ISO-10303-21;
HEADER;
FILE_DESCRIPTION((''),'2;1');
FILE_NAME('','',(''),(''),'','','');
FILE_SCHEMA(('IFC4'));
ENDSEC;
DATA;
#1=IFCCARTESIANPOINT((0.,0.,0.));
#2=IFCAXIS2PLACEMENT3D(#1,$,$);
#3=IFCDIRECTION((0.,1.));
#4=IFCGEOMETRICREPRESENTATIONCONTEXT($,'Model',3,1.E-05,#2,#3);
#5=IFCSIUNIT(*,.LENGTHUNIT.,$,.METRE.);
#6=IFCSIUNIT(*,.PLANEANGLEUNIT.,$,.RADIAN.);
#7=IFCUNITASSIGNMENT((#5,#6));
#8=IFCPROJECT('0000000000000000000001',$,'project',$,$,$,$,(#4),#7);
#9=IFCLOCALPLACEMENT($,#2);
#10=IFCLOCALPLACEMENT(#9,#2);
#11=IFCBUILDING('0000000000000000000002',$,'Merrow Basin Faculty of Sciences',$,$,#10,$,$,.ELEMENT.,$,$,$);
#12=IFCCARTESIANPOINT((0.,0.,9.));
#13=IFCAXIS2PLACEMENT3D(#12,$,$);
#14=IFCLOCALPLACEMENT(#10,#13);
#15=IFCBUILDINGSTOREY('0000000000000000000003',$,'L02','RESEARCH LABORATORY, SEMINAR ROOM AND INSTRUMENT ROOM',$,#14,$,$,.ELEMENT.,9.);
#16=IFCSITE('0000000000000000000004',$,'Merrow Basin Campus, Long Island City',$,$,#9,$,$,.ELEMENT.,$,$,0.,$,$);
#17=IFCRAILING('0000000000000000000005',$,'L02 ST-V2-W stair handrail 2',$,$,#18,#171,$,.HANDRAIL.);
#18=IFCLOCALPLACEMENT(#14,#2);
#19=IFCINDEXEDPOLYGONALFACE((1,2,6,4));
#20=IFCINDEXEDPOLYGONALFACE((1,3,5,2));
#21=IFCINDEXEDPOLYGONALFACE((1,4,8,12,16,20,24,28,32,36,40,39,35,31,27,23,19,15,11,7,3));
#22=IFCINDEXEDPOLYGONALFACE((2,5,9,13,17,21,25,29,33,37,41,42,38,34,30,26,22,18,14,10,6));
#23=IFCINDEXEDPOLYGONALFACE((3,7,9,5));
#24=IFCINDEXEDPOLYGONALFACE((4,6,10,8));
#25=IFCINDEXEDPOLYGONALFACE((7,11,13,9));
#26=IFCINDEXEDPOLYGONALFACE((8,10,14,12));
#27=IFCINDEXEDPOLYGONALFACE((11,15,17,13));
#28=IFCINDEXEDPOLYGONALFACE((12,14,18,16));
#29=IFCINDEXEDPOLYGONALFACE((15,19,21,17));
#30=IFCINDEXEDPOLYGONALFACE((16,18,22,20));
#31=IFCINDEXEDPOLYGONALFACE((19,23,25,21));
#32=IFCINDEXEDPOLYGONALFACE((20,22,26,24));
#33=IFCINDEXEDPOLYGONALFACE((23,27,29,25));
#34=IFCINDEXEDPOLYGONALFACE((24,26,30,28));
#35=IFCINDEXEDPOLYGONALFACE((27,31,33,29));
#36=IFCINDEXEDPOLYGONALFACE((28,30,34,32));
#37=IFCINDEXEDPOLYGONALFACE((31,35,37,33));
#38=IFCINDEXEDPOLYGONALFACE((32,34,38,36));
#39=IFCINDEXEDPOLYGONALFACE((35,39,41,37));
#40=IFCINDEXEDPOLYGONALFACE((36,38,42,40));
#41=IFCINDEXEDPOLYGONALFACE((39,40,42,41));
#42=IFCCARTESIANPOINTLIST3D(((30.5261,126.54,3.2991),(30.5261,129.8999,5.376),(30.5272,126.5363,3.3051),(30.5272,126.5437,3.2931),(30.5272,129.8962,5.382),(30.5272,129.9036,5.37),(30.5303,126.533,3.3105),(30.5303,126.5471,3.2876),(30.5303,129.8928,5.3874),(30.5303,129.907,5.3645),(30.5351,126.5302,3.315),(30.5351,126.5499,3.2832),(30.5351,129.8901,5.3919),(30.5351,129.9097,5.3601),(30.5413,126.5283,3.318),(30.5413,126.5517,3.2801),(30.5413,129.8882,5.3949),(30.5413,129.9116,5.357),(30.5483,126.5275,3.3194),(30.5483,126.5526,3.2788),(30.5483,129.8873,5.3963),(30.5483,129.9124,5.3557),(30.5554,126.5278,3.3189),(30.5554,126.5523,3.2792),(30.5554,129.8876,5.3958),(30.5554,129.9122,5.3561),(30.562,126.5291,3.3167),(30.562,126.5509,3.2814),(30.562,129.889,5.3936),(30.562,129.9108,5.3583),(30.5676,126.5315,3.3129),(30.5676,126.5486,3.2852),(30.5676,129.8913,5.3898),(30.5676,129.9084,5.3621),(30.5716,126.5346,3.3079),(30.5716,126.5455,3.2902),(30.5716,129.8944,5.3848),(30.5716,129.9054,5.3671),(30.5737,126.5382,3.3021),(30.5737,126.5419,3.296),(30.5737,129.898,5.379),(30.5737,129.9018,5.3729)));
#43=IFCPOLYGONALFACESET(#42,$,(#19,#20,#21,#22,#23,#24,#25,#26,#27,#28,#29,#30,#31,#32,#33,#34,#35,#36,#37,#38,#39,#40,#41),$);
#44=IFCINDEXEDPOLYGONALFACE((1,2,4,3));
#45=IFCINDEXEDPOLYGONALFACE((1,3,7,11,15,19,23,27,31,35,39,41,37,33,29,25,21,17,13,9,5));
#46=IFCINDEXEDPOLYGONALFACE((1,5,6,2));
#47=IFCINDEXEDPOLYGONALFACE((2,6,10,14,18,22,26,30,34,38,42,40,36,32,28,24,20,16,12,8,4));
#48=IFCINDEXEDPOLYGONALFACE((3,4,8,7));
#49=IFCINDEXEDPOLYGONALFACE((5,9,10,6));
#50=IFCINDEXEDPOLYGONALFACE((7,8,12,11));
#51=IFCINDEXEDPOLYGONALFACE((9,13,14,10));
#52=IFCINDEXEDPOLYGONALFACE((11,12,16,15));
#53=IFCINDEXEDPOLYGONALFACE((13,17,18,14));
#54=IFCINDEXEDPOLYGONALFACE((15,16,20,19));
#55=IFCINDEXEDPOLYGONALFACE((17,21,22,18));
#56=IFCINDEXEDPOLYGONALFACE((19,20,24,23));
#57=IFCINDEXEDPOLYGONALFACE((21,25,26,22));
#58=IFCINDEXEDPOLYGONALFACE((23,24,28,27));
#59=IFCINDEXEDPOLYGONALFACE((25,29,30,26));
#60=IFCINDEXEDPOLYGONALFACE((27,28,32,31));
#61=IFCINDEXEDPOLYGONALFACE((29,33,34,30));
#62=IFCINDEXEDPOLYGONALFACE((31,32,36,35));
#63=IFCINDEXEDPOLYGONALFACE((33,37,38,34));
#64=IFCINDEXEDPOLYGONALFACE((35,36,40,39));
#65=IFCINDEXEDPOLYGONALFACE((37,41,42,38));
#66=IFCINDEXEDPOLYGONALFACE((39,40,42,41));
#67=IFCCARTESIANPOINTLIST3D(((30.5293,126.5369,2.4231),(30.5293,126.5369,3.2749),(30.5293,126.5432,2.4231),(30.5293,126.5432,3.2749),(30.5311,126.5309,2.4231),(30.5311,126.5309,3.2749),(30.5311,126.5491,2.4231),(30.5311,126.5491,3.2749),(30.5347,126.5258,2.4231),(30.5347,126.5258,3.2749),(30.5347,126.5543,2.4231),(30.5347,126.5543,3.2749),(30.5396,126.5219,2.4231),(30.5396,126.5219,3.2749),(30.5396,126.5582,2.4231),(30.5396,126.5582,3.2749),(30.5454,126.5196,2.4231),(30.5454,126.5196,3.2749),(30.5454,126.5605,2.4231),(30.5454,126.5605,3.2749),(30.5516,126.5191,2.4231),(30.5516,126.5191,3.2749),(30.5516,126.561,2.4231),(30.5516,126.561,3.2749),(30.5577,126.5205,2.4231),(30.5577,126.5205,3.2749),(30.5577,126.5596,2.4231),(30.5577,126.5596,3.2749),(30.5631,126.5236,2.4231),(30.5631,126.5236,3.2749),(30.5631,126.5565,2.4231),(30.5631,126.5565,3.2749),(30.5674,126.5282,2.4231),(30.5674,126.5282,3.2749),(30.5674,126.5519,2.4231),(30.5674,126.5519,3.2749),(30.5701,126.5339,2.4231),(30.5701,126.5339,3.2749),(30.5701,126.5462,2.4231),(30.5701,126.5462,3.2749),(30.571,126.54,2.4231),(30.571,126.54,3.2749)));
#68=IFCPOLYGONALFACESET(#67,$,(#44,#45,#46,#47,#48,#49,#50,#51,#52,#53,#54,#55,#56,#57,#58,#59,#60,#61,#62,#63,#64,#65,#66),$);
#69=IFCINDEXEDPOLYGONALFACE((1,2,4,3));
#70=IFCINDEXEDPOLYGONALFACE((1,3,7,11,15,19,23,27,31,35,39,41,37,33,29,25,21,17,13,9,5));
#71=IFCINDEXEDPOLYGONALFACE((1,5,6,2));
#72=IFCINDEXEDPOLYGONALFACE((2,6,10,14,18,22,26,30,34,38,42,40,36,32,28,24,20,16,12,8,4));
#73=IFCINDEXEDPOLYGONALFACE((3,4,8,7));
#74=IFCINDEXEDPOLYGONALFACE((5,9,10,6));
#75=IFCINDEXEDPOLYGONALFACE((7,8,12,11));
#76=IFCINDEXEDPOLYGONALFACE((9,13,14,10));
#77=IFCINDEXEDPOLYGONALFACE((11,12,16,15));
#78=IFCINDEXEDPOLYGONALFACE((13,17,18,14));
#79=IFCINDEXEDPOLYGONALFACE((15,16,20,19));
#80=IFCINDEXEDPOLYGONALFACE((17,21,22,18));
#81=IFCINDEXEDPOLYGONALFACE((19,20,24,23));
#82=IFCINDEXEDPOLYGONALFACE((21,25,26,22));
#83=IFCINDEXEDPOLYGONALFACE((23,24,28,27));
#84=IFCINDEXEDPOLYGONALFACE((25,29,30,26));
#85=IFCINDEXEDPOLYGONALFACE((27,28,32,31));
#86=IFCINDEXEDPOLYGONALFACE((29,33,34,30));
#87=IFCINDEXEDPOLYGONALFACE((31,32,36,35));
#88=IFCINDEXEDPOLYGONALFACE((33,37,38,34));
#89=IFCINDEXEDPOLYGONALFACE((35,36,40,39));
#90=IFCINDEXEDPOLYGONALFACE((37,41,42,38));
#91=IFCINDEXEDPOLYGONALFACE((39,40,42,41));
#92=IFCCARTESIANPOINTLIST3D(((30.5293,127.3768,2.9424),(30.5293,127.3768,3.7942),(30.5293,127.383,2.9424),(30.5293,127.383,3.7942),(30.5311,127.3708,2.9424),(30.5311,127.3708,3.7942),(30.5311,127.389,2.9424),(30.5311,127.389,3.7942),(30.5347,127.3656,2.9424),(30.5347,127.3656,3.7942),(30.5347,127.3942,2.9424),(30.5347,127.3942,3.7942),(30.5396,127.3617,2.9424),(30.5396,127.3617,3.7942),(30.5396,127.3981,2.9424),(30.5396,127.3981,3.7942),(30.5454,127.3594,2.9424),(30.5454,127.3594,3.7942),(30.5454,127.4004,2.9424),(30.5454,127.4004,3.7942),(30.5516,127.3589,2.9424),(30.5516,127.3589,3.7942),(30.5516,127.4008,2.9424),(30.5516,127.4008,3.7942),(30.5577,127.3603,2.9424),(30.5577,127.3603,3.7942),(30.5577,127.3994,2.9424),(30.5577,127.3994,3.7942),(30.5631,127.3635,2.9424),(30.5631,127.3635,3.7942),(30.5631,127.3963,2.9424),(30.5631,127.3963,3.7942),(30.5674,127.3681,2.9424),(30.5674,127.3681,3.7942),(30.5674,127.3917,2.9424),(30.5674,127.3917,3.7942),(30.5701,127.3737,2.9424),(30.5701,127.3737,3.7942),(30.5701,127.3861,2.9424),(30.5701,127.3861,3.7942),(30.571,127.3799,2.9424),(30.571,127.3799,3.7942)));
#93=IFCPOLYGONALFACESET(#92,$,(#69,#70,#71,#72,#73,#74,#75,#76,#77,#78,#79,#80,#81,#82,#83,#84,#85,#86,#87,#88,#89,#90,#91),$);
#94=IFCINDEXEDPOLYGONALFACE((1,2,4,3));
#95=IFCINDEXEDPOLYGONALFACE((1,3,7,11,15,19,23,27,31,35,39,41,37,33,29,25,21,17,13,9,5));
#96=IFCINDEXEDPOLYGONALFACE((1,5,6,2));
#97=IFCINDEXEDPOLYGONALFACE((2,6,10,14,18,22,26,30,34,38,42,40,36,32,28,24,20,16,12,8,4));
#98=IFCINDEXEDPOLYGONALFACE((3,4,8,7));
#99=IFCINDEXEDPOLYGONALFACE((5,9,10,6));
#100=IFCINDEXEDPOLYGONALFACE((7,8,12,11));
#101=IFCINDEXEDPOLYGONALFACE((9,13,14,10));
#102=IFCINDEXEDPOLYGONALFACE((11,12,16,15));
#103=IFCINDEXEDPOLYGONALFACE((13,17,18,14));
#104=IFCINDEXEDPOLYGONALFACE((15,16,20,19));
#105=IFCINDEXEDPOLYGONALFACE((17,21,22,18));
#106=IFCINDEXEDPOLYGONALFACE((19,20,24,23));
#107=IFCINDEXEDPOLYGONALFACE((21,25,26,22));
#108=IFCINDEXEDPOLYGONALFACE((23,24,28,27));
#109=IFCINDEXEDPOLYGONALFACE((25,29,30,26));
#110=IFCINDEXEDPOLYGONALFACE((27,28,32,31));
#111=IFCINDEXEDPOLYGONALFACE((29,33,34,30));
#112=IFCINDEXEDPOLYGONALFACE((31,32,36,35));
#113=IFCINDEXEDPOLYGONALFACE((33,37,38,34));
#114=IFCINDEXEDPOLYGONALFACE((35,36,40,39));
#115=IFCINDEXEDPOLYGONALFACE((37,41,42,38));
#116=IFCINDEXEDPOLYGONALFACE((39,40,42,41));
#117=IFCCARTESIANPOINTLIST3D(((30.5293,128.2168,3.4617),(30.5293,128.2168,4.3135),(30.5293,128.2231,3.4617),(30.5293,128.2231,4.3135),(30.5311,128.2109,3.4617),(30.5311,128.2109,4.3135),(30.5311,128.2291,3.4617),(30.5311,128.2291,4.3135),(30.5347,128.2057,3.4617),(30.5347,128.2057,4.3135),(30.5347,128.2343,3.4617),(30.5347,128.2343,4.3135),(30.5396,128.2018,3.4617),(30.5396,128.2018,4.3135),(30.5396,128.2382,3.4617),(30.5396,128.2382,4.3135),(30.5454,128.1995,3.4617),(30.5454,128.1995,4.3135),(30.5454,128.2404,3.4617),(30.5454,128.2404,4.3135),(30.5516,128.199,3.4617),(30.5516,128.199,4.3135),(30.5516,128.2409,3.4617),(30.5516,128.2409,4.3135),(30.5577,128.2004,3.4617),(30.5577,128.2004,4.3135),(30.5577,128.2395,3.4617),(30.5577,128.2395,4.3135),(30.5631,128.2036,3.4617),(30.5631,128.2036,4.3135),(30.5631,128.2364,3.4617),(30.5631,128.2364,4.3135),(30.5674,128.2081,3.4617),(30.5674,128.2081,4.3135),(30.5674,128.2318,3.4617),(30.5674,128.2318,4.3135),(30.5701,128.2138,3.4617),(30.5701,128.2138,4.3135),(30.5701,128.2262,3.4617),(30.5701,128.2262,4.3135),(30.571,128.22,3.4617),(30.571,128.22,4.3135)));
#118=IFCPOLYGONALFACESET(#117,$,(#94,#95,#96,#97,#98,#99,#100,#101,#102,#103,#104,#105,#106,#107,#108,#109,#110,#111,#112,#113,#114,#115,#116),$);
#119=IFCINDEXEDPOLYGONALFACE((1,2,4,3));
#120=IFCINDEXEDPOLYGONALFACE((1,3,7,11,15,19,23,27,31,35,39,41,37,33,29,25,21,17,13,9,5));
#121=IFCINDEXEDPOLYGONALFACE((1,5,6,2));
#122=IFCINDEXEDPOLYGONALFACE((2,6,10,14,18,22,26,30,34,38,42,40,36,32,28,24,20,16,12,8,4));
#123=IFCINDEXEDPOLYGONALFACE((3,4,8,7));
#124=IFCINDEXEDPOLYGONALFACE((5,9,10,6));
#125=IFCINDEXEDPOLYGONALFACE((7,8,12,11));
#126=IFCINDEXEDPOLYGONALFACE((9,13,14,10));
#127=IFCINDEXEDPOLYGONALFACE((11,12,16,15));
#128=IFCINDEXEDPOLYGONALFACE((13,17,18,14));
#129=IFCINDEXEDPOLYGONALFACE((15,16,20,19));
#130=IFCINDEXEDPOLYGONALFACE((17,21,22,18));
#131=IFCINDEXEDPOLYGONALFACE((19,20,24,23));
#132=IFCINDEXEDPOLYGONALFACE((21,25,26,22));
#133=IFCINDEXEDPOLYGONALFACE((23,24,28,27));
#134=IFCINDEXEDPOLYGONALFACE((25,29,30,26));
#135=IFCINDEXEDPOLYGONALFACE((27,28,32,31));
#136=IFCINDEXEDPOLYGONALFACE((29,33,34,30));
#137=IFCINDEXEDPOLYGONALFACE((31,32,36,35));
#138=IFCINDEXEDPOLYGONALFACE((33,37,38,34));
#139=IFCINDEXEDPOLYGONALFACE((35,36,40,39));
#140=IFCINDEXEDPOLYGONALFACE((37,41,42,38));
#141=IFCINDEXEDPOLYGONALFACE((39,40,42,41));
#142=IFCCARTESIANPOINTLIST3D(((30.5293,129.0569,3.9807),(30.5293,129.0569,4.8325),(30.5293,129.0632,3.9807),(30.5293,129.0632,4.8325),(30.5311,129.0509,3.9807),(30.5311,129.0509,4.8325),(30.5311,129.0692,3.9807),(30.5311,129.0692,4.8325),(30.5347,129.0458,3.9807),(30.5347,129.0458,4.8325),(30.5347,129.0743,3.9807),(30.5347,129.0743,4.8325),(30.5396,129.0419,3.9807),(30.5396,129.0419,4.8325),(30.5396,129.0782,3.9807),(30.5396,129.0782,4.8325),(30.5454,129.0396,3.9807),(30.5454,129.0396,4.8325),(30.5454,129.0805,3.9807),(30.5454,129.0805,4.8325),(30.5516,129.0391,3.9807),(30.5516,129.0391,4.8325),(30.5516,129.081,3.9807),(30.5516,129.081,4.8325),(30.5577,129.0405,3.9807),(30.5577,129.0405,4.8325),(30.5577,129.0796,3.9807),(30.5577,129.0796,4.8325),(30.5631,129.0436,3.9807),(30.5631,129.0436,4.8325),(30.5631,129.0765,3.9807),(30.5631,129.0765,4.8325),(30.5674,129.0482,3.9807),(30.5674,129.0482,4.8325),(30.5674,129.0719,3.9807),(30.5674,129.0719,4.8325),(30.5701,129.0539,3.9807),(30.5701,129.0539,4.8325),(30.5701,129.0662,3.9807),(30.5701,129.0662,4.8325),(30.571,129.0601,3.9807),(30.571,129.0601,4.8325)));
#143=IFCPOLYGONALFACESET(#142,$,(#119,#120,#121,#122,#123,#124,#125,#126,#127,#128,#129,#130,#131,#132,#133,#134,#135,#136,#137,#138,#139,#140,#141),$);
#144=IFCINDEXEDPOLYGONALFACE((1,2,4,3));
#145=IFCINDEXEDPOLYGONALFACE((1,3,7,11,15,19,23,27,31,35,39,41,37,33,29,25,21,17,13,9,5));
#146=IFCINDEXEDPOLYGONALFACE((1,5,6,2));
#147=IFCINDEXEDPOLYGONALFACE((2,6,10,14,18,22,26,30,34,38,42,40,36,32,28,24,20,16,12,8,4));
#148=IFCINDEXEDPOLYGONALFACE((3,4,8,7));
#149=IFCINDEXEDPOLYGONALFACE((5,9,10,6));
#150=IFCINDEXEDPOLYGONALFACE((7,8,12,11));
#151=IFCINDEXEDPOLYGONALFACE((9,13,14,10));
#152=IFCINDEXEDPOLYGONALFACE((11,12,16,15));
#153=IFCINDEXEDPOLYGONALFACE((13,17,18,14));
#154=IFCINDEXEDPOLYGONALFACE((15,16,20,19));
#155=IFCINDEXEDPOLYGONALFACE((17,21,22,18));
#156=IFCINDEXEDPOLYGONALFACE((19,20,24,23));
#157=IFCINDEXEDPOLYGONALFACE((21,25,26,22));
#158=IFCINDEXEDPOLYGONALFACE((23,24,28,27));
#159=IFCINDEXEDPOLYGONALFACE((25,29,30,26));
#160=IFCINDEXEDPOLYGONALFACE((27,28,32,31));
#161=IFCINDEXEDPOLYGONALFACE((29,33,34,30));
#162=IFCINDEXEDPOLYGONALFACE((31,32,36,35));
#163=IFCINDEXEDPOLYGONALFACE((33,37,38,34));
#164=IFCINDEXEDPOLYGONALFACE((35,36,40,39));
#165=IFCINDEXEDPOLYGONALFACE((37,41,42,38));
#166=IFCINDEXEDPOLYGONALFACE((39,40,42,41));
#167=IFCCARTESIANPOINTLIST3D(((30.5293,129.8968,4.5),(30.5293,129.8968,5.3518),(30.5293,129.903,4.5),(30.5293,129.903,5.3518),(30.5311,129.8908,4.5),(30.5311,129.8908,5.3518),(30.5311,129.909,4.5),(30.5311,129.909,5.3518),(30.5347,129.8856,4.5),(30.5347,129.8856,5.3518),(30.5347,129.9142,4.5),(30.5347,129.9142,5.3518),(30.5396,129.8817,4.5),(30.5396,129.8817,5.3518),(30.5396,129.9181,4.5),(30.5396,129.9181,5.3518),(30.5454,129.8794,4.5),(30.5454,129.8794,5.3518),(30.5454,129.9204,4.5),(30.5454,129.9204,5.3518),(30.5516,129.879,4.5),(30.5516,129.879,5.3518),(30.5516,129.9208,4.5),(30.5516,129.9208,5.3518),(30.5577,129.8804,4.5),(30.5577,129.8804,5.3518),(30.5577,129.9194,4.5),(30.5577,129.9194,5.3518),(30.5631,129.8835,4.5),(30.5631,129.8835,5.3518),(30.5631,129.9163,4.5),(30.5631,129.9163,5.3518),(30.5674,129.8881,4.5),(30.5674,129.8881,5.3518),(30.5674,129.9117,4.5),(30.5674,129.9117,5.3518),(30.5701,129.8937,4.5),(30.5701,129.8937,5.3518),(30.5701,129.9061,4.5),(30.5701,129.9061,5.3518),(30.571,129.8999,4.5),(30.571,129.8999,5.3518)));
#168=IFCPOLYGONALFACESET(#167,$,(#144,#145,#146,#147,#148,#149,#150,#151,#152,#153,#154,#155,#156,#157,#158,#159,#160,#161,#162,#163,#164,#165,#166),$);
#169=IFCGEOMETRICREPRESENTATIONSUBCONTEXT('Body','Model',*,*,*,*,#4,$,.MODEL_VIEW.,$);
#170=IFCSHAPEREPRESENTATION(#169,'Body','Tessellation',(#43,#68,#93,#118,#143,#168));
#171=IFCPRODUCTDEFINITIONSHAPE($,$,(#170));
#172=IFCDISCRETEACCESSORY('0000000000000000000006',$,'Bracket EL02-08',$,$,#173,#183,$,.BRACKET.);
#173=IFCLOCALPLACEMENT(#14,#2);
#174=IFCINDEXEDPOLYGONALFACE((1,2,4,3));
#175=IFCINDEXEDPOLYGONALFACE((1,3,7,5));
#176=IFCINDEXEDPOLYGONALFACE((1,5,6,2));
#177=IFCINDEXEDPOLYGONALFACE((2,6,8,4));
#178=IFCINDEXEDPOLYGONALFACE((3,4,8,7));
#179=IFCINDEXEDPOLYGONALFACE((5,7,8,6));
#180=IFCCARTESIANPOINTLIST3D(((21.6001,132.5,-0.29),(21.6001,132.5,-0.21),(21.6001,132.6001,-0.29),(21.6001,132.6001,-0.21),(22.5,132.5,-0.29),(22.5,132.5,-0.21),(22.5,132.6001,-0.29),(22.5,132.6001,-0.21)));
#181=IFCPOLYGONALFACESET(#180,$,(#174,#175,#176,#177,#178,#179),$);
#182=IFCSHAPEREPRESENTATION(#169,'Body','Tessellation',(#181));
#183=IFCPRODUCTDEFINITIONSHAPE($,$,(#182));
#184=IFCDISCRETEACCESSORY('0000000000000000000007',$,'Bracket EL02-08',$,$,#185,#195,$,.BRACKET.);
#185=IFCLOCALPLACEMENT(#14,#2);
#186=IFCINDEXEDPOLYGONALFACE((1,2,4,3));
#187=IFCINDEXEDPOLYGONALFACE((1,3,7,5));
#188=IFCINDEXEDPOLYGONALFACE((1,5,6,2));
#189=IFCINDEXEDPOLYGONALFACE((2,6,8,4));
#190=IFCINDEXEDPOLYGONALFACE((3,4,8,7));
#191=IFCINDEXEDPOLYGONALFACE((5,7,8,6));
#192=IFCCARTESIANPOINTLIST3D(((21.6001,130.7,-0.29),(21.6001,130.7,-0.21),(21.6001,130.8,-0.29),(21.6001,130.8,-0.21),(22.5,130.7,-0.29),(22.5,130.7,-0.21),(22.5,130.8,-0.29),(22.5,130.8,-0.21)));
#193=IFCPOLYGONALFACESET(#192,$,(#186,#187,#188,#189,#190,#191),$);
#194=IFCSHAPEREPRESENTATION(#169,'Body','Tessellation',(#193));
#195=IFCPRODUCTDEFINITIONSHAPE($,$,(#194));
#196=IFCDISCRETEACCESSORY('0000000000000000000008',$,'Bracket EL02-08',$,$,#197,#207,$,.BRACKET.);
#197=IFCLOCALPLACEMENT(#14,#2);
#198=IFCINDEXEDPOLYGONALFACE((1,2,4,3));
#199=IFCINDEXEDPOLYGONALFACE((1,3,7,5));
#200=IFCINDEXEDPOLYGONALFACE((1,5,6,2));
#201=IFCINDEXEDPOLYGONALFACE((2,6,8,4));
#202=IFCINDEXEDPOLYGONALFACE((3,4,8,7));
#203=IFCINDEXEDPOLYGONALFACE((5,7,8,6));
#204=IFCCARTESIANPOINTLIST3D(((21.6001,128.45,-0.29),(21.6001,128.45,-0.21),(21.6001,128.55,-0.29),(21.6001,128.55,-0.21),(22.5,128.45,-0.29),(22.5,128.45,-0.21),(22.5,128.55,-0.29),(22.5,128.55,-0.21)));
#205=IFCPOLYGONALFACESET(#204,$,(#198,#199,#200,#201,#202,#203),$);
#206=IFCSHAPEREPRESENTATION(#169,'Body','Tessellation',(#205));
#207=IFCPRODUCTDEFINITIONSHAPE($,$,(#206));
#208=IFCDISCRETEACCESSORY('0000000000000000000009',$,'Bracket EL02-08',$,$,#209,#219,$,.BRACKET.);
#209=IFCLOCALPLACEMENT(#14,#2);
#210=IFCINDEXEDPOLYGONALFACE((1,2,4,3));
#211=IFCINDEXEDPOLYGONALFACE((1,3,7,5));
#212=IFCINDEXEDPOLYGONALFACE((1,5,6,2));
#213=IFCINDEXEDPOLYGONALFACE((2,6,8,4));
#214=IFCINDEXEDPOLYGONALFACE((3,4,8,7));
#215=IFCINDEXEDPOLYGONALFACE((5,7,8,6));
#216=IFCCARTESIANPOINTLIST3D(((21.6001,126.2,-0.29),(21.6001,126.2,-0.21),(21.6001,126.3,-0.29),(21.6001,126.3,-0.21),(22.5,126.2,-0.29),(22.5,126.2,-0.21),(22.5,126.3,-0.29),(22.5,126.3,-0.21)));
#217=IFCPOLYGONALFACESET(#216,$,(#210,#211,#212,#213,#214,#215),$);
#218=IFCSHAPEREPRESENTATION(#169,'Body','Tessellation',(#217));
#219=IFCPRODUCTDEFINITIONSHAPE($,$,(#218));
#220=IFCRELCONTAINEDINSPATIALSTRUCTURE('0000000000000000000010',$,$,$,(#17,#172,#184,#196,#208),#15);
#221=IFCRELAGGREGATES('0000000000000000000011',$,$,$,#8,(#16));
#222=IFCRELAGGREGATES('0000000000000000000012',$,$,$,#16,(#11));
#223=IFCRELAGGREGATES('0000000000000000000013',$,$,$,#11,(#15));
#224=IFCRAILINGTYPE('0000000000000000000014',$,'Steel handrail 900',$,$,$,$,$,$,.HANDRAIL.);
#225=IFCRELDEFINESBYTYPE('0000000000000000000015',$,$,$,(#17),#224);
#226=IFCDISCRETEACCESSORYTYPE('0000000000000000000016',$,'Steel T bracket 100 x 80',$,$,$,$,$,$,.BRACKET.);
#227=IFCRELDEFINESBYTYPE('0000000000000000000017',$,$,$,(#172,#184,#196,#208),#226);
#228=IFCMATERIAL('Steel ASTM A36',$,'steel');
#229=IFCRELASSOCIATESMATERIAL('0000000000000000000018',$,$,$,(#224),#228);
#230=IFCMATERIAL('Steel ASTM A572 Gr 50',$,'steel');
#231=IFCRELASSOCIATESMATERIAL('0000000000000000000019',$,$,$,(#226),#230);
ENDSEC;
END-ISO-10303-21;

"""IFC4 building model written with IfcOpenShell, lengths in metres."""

from ifc_helpers import new_model, si_unit, direction, frame, origin, origin_2d, place, context, subcontext, project, spatial, polyline, circle, outline, extrude, source, transform, mapped, material, type_object, element, save


model = new_model("IFC4")

# Units and contexts
model_context = context("Model", 3, precision=1e-05, world=origin(), true_north=direction((0.0, 1.0)))
body_context = subcontext(model_context, "Body", "Model", "MODEL_VIEW")
ifc_project = project(units=[si_unit("LENGTHUNIT", "METRE"), si_unit("PLANEANGLEUNIT", "RADIAN")], contexts=[model_context])

# Site, building, storey
site_placement = place(None, origin())
site = spatial("IfcSite", under=ifc_project, at=site_placement, Name="Merrow Basin Campus, Long Island City", CompositionType="ELEMENT", RefElevation=0.0)
building_placement = place(site_placement, origin())
building = spatial("IfcBuilding", under=site, at=building_placement, Name="Merrow Basin Faculty of Sciences", CompositionType="ELEMENT")
storey_placement = place(building_placement, frame((0.0, 0.0, 9.0)))
storey = spatial("IfcBuildingStorey", under=building, at=storey_placement, Name="L02", Description="RESEARCH LABORATORY, SEMINAR ROOM AND INSTRUMENT ROOM", CompositionType="ELEMENT", Elevation=9.0)

# Railing
ifc_material_1 = material(Name="Steel ASTM A36", Category="steel")
railing_type_1 = type_object("IfcRailingType", Name="Steel handrail 900", PredefinedType="HANDRAIL", material=ifc_material_1)
railing_1_placement = place(storey_placement, frame((30.55, 126.54, 2.4231)))
element("IfcRailing", 1, at=railing_1_placement, inside=storey, type_object=railing_type_1, Name="L02 ST-V2-W stair handrail 2", PredefinedType="HANDRAIL", context=body_context, shape_type="SweptSolid", body=[
    extrude(circle(Radius=0.0239, at=origin_2d()), frame((0.0, 0.0, 0.876), z_axis=(0.0, 0.850606, 0.525803), x_axis=(-1.0, 0.0, 0.0)), (0.0, 0.0, 1.0), 3.95),
    extrude(circle(Radius=0.021, at=origin_2d()), origin(), (0.0, 0.0, 1.0), 0.8518),
    extrude(circle(Radius=0.021, at=origin_2d()), frame((0.0, 0.8398, 0.5193)), (0.0, 0.0, 1.0), 0.8518),
    extrude(circle(Radius=0.021, at=origin_2d()), frame((0.0, 1.6799, 1.0386)), (0.0, 0.0, 1.0), 0.8518),
    extrude(circle(Radius=0.021, at=origin_2d()), frame((0.0, 2.52, 1.5576)), (0.0, 0.0, 1.0), 0.8518),
    extrude(circle(Radius=0.021, at=origin_2d()), frame((0.0, 3.3599, 2.0769)), (0.0, 0.0, 1.0), 0.8518),
])

# Discrete accessories
ifc_material_2 = material(Name="Steel ASTM A572 Gr 50", Category="steel")
discrete_accessory_type = type_object("IfcDiscreteAccessoryType", Name="Steel T bracket 100 x 80", PredefinedType="BRACKET", material=ifc_material_2)
shared_shape_1 = source(origin(), body_context, "Body", "SweptSolid", [
    extrude(outline(polyline([(0.0, 0.0), (0.1001, 0.0), (0.1001, 0.0801), (0.0, 0.0801), (0.0, 0.0)])), origin(), (0.0, 0.0, 1.0), 0.8999),
])
for number, where, z_axis, x_axis, name in (
    (2, (22.5, 132.6001, -0.29), (-1.0, 0.0, 0.0), (0.0, -1.0, 0.0), "Bracket EL02-08"),
    (3, (22.5, 130.8, -0.29), (-1.0, 0.0, 0.0), (0.0, -1.0, 0.0), "Bracket EL02-08"),
    (4, (22.5, 128.55, -0.29), (-1.0, 0.0, 0.0), (0.0, -1.0, 0.0), "Bracket EL02-08"),
    (5, (22.5, 126.3, -0.29), (-1.0, 0.0, 0.0), (0.0, -1.0, 0.0), "Bracket EL02-08"),
):
    element("IfcDiscreteAccessory", number, at=place(storey_placement, frame(where, z_axis=z_axis, x_axis=x_axis)), inside=storey, type_object=discrete_accessory_type, Name=name, PredefinedType="BRACKET", context=body_context, shape_type="MappedRepresentation", body=[
        mapped(shared_shape_1, transform((0.0, 0.0, 0.0), scale=1.0)),
    ])

save(model, "model.ifc")
